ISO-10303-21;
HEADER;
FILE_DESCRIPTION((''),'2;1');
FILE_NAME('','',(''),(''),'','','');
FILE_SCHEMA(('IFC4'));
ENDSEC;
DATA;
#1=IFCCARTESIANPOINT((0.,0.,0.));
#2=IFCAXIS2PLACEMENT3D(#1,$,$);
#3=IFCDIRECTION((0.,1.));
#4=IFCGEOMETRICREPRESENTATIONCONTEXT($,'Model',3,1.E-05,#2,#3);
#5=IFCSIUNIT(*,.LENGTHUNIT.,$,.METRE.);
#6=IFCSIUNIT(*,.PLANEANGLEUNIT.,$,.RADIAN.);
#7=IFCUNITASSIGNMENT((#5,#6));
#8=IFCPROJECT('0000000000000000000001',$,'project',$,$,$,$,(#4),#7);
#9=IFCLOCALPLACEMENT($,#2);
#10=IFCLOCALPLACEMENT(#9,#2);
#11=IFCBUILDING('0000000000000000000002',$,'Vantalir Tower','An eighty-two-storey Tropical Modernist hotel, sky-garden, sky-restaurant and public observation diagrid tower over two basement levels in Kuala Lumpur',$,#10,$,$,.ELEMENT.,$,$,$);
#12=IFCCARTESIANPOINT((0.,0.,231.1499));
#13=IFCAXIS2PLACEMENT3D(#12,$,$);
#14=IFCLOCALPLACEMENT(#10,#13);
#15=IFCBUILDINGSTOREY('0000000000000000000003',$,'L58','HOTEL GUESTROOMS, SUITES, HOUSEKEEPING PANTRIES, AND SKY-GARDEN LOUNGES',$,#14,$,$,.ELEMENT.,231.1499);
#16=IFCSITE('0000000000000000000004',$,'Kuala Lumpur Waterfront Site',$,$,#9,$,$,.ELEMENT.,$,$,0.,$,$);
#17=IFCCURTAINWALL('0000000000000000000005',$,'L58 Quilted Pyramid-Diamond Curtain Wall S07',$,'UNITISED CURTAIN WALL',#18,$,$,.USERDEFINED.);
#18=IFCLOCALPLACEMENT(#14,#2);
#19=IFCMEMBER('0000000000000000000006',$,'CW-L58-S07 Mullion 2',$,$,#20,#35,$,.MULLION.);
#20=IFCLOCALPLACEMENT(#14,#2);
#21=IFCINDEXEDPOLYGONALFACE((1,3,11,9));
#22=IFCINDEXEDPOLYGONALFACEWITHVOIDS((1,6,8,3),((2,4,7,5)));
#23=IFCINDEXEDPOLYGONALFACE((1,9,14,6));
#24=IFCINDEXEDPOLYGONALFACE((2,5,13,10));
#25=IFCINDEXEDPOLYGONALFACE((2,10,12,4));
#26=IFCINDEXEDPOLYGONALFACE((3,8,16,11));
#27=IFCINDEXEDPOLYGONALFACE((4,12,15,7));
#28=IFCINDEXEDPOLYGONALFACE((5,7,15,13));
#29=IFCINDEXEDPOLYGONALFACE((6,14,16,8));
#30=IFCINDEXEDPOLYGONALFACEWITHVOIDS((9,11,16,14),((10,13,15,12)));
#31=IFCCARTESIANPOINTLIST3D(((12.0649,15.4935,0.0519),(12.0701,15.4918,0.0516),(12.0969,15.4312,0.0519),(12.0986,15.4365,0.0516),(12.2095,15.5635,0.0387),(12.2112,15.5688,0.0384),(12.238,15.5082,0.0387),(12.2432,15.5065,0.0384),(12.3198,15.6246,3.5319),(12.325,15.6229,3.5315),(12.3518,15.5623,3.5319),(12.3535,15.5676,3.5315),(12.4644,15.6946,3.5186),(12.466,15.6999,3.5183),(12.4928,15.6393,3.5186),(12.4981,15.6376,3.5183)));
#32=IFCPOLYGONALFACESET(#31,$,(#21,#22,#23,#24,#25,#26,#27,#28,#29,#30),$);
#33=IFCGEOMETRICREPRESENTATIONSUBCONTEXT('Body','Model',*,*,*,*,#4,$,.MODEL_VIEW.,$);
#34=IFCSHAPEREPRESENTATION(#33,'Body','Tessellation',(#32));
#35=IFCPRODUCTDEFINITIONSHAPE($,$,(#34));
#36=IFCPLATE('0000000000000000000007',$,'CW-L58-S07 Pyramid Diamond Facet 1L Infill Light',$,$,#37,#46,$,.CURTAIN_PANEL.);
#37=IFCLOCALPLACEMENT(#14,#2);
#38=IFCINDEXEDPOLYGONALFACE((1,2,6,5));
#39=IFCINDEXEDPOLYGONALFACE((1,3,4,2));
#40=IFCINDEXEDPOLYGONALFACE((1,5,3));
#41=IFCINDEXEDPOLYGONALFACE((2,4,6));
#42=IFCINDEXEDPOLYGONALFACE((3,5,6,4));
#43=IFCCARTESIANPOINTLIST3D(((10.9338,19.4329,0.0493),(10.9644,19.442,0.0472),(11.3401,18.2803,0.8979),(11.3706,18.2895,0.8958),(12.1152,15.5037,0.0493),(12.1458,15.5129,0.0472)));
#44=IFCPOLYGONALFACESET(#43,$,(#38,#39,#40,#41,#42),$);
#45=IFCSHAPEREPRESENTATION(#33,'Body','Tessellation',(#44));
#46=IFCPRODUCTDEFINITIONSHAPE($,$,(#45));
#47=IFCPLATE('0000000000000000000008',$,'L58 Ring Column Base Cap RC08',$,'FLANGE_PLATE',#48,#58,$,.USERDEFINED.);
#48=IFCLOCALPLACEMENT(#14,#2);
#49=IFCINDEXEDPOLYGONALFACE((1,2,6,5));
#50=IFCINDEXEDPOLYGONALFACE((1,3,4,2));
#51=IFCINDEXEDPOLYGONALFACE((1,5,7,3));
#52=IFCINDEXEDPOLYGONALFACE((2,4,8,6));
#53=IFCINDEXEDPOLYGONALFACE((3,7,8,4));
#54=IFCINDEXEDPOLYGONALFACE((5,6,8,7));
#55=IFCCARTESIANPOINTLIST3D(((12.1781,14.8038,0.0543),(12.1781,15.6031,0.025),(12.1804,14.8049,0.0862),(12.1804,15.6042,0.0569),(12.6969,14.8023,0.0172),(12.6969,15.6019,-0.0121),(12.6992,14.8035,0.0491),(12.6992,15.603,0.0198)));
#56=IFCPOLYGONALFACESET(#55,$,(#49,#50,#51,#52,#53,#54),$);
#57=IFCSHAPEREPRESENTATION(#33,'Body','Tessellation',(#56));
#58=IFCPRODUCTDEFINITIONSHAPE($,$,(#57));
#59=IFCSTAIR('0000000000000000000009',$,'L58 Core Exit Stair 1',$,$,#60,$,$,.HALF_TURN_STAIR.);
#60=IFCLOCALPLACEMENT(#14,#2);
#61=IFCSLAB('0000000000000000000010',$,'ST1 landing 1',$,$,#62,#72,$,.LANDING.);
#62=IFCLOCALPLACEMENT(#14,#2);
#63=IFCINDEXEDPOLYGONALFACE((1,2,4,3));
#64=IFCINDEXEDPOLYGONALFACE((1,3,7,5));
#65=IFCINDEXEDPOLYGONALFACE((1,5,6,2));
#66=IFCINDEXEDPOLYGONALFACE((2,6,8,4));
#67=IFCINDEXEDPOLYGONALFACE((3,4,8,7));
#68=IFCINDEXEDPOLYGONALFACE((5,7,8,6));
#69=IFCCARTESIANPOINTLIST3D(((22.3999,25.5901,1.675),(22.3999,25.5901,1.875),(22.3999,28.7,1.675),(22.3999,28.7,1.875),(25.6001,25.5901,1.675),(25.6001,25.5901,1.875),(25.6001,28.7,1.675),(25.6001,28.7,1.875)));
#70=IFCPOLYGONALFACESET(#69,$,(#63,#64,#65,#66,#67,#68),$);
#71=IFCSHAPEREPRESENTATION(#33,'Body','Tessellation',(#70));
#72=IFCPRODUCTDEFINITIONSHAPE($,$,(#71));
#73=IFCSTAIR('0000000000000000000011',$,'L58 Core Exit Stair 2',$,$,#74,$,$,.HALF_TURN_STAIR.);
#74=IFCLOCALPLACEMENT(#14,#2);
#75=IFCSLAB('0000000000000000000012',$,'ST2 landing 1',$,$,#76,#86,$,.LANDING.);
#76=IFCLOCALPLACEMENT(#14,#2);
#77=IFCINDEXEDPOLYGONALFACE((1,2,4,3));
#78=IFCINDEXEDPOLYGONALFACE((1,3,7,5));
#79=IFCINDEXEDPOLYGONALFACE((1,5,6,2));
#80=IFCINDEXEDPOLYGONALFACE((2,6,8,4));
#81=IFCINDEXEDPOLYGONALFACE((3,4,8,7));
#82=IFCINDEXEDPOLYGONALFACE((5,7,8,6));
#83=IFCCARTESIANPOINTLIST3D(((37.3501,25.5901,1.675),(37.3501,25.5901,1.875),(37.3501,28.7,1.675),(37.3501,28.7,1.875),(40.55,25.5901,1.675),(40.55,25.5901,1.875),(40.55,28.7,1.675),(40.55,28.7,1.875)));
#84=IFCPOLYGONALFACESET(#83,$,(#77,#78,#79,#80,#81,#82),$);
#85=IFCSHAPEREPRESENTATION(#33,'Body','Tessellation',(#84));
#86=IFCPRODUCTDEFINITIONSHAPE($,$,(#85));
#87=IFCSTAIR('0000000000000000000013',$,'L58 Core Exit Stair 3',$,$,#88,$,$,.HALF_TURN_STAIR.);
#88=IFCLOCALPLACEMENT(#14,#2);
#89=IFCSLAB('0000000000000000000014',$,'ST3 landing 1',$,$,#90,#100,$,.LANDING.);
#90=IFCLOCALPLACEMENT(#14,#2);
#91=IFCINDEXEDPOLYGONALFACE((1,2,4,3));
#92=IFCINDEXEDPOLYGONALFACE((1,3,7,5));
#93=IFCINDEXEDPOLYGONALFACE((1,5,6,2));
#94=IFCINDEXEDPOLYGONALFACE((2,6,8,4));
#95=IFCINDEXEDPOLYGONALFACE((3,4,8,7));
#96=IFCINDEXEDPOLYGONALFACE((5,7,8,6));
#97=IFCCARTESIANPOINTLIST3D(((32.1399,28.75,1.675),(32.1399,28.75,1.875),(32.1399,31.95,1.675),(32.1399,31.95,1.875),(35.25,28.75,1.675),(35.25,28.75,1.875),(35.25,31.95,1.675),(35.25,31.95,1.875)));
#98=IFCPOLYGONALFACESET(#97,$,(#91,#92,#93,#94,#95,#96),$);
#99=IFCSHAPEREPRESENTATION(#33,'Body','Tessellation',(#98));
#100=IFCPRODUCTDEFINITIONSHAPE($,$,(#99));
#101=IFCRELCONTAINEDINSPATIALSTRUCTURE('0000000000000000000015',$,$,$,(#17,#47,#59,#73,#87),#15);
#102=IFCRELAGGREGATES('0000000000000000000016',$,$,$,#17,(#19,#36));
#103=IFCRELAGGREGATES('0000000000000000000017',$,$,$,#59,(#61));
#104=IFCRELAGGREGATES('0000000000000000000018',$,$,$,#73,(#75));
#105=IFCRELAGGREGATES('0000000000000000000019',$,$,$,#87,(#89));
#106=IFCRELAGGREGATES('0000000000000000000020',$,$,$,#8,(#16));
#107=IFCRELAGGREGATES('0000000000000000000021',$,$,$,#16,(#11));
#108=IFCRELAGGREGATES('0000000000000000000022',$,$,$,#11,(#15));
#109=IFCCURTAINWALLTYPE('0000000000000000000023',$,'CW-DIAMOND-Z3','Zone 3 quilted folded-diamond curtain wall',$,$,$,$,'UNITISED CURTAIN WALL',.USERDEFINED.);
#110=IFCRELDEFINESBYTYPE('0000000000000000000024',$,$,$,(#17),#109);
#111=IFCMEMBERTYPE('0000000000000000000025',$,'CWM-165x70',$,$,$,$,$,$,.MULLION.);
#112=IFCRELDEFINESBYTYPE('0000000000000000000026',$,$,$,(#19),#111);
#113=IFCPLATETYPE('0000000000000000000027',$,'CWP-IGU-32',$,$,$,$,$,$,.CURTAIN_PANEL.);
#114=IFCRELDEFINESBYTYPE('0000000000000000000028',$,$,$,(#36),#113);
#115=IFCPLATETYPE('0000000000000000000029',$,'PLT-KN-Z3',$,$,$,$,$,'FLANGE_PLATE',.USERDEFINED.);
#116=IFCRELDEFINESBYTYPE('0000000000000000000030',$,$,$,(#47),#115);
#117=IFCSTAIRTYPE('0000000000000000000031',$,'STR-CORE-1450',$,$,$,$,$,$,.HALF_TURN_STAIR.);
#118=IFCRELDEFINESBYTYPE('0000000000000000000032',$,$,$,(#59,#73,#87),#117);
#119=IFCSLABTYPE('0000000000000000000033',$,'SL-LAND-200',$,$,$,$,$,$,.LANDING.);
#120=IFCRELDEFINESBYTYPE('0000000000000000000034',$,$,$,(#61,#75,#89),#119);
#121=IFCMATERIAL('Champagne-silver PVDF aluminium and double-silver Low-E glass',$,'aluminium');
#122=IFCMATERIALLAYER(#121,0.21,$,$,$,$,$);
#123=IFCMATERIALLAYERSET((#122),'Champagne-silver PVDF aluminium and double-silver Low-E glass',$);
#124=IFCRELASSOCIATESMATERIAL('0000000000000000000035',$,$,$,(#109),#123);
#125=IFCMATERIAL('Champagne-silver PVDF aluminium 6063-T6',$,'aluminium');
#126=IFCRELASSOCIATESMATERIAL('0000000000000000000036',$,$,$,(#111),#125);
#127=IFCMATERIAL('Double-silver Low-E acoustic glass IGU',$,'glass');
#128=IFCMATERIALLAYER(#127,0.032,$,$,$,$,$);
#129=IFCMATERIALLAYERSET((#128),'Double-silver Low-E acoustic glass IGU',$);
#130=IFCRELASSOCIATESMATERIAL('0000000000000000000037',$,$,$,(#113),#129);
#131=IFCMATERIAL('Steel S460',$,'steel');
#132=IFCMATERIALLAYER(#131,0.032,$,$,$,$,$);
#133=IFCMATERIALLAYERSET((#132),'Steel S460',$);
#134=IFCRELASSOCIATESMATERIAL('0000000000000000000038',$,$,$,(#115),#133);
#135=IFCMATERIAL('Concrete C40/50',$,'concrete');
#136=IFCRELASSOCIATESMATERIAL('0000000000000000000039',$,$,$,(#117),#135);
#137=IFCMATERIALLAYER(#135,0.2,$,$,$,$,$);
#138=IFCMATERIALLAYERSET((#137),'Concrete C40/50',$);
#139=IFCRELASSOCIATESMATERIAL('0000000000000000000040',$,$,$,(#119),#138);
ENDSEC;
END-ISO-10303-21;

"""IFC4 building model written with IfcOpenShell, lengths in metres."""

from ifc_helpers import new_model, si_unit, direction, frame, origin, origin_2d, place, context, subcontext, project, spatial, polyline, hollow_rectangle, outline, extrude, material, layer, layer_set, material_profile, profile_set, type_object, element, aggregate, save


model = new_model("IFC4")

# Units and contexts
model_context = context("Model", 3, precision=1e-05, world=origin(), true_north=direction((0.0, 1.0)))
body_context = subcontext(model_context, "Body", "Model", "MODEL_VIEW")
ifc_project = project(units=[si_unit("LENGTHUNIT", "METRE"), si_unit("PLANEANGLEUNIT", "RADIAN")], contexts=[model_context])

# Site, building, storey
site_placement = place(None, origin())
site = spatial("IfcSite", under=ifc_project, at=site_placement, Name="Kuala Lumpur Waterfront Site", CompositionType="ELEMENT", RefElevation=0.0)
building_placement = place(site_placement, origin())
building = spatial("IfcBuilding", under=site, at=building_placement, Name="Vantalir Tower", Description="An eighty-two-storey Tropical Modernist hotel, sky-garden, sky-restaurant and public observation diagrid tower over two basement levels in Kuala Lumpur", CompositionType="ELEMENT")
storey_placement = place(building_placement, frame((0.0, 0.0, 231.1499)))
storey = spatial("IfcBuildingStorey", under=building, at=storey_placement, Name="L58", Description="HOTEL GUESTROOMS, SUITES, HOUSEKEEPING PANTRIES, AND SKY-GARDEN LOUNGES", CompositionType="ELEMENT", Elevation=231.1499)

# Curtain wall, member, plate
ifc_material_1 = material(Name="Champagne-silver PVDF aluminium and double-silver Low-E glass", Category="aluminium")
ifc_layer_1 = layer(ifc_material_1, 0.21)
ifc_layer_set_1 = layer_set([ifc_layer_1], Name="Champagne-silver PVDF aluminium and double-silver Low-E glass")
curtain_wall_type = type_object("IfcCurtainWallType", Name="CW-DIAMOND-Z3", Description="Zone 3 quilted folded-diamond curtain wall", ElementType="UNITISED CURTAIN WALL", PredefinedType="USERDEFINED", material=ifc_layer_set_1)
curtain_wall_placement = place(storey_placement, origin())
curtain_wall = element("IfcCurtainWall", 1, at=curtain_wall_placement, inside=storey, type_object=curtain_wall_type, Name="L58 Quilted Pyramid-Diamond Curtain Wall S07", ObjectType="UNITISED CURTAIN WALL", PredefinedType="USERDEFINED")
ifc_material_2 = material(Name="Champagne-silver PVDF aluminium 6063-T6", Category="aluminium")
ifc_material_profile = material_profile(ifc_material_2, hollow_rectangle(XDim=0.0701, YDim=0.165, WallThickness=0.0039, at=origin_2d()), Name="Champagne-silver PVDF aluminium 6063-T6")
ifc_profile_set = profile_set([ifc_material_profile], Name="Champagne-silver PVDF aluminium 6063-T6")
member_type = type_object("IfcMemberType", Name="CWM-165x70", PredefinedType="MULLION", material=ifc_profile_set)
member_placement = place(storey_placement, frame((12.1541, 15.5, 0.0452), z_axis=(0.072995, 0.037546, 0.996625), x_axis=(-0.457406, 0.889258, 0.0)))
member = element("IfcMember", 2, at=member_placement, type_object=member_type, Name="CW-L58-S07 Mullion 2", PredefinedType="MULLION", context=body_context, shape_type="SweptSolid", body=[
    extrude(hollow_rectangle(XDim=0.0701, YDim=0.165, WallThickness=0.0039, at=origin_2d()), origin(), (0.0, 0.0, 1.0), 3.4917),
])
ifc_material_3 = material(Name="Double-silver Low-E acoustic glass IGU", Category="glass")
ifc_layer_2 = layer(ifc_material_3, 0.032)
ifc_layer_set_2 = layer_set([ifc_layer_2], Name="Double-silver Low-E acoustic glass IGU")
plate_type_1 = type_object("IfcPlateType", Name="CWP-IGU-32", PredefinedType="CURTAIN_PANEL", material=ifc_layer_set_2)
plate_1_placement = place(storey_placement, frame((10.9338, 19.4329, 0.0493), z_axis=(-0.955483, -0.287286, 0.067217), x_axis=(0.287937, -0.957649, 0.0)))
plate_1 = element("IfcPlate", 3, at=plate_1_placement, type_object=plate_type_1, Name="CW-L58-S07 Pyramid Diamond Facet 1L Infill Light", PredefinedType="CURTAIN_PANEL", context=body_context, shape_type="SweptSolid", body=[
    extrude(outline(polyline([(0.0, 0.0), (4.103, 0.0), (1.2207, 0.8506), (0.0, 0.0)])), origin(), (0.0, 0.0, -1.0), 0.032),
])
aggregate(curtain_wall, [member, plate_1])

# Plate
ifc_material_4 = material(Name="Steel S460", Category="steel")
ifc_layer_3 = layer(ifc_material_4, 0.032)
ifc_layer_set_3 = layer_set([ifc_layer_3], Name="Steel S460")
plate_type_2 = type_object("IfcPlateType", Name="PLT-KN-Z3", ElementType="FLANGE_PLATE", PredefinedType="USERDEFINED", material=ifc_layer_set_3)
plate_2_placement = place(storey_placement, frame((12.1804, 15.6042, 0.0569), z_axis=(0.071394, 0.036529, 0.996779), x_axis=(0.0, -0.999329, 0.036622)))
element("IfcPlate", 4, at=plate_2_placement, inside=storey, type_object=plate_type_2, Name="L58 Ring Column Base Cap RC08", ObjectType="FLANGE_PLATE", PredefinedType="USERDEFINED", context=body_context, shape_type="SweptSolid", body=[
    extrude(outline(polyline([(0.0, 0.0), (0.7999, 0.0), (0.8, 0.5201), (-0.0001, 0.5201), (0.0, 0.0)])), origin(), (0.0, 0.0, -1.0), 0.032),
])

# Stairs, slabs
ifc_material_5 = material(Name="Concrete C40/50", Category="concrete")
stair_type = type_object("IfcStairType", Name="STR-CORE-1450", PredefinedType="HALF_TURN_STAIR", material=ifc_material_5)
stair_1_placement = place(storey_placement, origin())
stair_1 = element("IfcStair", 5, at=stair_1_placement, inside=storey, type_object=stair_type, Name="L58 Core Exit Stair 1", PredefinedType="HALF_TURN_STAIR")
ifc_layer_4 = layer(ifc_material_5, 0.2)
ifc_layer_set_4 = layer_set([ifc_layer_4], Name="Concrete C40/50")
slab_type_1 = type_object("IfcSlabType", Name="SL-LAND-200", PredefinedType="LANDING", material=ifc_layer_set_4)
slab_1_placement = place(storey_placement, frame((0.0, 0.0, 1.675)))
slab_1 = element("IfcSlab", 6, at=slab_1_placement, type_object=slab_type_1, Name="ST1 landing 1", PredefinedType="LANDING", context=body_context, shape_type="SweptSolid", body=[
    extrude(outline(polyline([(25.6001, 25.5901), (25.6001, 28.7), (22.3999, 28.7), (22.3999, 25.5901), (25.6001, 25.5901)])), origin(), (0.0, 0.0, 1.0), 0.2),
])
aggregate(stair_1, [slab_1])
stair_2_placement = place(storey_placement, origin())
stair_2 = element("IfcStair", 7, at=stair_2_placement, inside=storey, type_object=stair_type, Name="L58 Core Exit Stair 2", PredefinedType="HALF_TURN_STAIR")
slab_2_placement = place(storey_placement, frame((0.0, 0.0, 1.675)))
slab_2 = element("IfcSlab", 8, at=slab_2_placement, type_object=slab_type_1, Name="ST2 landing 1", PredefinedType="LANDING", context=body_context, shape_type="SweptSolid", body=[
    extrude(outline(polyline([(40.55, 25.5901), (40.55, 28.7), (37.3501, 28.7), (37.3501, 25.5901), (40.55, 25.5901)])), origin(), (0.0, 0.0, 1.0), 0.2),
])
aggregate(stair_2, [slab_2])
stair_3_placement = place(storey_placement, origin())
stair_3 = element("IfcStair", 9, at=stair_3_placement, inside=storey, type_object=stair_type, Name="L58 Core Exit Stair 3", PredefinedType="HALF_TURN_STAIR")
slab_3_placement = place(storey_placement, frame((0.0, 0.0, 1.675)))
slab_3 = element("IfcSlab", 10, at=slab_3_placement, type_object=slab_type_1, Name="ST3 landing 1", PredefinedType="LANDING", context=body_context, shape_type="SweptSolid", body=[
    extrude(outline(polyline([(32.1399, 28.75), (35.25, 28.75), (35.25, 31.95), (32.1399, 31.95), (32.1399, 28.75)])), origin(), (0.0, 0.0, 1.0), 0.2),
])
aggregate(stair_3, [slab_3])

save(model, "model.ifc")
